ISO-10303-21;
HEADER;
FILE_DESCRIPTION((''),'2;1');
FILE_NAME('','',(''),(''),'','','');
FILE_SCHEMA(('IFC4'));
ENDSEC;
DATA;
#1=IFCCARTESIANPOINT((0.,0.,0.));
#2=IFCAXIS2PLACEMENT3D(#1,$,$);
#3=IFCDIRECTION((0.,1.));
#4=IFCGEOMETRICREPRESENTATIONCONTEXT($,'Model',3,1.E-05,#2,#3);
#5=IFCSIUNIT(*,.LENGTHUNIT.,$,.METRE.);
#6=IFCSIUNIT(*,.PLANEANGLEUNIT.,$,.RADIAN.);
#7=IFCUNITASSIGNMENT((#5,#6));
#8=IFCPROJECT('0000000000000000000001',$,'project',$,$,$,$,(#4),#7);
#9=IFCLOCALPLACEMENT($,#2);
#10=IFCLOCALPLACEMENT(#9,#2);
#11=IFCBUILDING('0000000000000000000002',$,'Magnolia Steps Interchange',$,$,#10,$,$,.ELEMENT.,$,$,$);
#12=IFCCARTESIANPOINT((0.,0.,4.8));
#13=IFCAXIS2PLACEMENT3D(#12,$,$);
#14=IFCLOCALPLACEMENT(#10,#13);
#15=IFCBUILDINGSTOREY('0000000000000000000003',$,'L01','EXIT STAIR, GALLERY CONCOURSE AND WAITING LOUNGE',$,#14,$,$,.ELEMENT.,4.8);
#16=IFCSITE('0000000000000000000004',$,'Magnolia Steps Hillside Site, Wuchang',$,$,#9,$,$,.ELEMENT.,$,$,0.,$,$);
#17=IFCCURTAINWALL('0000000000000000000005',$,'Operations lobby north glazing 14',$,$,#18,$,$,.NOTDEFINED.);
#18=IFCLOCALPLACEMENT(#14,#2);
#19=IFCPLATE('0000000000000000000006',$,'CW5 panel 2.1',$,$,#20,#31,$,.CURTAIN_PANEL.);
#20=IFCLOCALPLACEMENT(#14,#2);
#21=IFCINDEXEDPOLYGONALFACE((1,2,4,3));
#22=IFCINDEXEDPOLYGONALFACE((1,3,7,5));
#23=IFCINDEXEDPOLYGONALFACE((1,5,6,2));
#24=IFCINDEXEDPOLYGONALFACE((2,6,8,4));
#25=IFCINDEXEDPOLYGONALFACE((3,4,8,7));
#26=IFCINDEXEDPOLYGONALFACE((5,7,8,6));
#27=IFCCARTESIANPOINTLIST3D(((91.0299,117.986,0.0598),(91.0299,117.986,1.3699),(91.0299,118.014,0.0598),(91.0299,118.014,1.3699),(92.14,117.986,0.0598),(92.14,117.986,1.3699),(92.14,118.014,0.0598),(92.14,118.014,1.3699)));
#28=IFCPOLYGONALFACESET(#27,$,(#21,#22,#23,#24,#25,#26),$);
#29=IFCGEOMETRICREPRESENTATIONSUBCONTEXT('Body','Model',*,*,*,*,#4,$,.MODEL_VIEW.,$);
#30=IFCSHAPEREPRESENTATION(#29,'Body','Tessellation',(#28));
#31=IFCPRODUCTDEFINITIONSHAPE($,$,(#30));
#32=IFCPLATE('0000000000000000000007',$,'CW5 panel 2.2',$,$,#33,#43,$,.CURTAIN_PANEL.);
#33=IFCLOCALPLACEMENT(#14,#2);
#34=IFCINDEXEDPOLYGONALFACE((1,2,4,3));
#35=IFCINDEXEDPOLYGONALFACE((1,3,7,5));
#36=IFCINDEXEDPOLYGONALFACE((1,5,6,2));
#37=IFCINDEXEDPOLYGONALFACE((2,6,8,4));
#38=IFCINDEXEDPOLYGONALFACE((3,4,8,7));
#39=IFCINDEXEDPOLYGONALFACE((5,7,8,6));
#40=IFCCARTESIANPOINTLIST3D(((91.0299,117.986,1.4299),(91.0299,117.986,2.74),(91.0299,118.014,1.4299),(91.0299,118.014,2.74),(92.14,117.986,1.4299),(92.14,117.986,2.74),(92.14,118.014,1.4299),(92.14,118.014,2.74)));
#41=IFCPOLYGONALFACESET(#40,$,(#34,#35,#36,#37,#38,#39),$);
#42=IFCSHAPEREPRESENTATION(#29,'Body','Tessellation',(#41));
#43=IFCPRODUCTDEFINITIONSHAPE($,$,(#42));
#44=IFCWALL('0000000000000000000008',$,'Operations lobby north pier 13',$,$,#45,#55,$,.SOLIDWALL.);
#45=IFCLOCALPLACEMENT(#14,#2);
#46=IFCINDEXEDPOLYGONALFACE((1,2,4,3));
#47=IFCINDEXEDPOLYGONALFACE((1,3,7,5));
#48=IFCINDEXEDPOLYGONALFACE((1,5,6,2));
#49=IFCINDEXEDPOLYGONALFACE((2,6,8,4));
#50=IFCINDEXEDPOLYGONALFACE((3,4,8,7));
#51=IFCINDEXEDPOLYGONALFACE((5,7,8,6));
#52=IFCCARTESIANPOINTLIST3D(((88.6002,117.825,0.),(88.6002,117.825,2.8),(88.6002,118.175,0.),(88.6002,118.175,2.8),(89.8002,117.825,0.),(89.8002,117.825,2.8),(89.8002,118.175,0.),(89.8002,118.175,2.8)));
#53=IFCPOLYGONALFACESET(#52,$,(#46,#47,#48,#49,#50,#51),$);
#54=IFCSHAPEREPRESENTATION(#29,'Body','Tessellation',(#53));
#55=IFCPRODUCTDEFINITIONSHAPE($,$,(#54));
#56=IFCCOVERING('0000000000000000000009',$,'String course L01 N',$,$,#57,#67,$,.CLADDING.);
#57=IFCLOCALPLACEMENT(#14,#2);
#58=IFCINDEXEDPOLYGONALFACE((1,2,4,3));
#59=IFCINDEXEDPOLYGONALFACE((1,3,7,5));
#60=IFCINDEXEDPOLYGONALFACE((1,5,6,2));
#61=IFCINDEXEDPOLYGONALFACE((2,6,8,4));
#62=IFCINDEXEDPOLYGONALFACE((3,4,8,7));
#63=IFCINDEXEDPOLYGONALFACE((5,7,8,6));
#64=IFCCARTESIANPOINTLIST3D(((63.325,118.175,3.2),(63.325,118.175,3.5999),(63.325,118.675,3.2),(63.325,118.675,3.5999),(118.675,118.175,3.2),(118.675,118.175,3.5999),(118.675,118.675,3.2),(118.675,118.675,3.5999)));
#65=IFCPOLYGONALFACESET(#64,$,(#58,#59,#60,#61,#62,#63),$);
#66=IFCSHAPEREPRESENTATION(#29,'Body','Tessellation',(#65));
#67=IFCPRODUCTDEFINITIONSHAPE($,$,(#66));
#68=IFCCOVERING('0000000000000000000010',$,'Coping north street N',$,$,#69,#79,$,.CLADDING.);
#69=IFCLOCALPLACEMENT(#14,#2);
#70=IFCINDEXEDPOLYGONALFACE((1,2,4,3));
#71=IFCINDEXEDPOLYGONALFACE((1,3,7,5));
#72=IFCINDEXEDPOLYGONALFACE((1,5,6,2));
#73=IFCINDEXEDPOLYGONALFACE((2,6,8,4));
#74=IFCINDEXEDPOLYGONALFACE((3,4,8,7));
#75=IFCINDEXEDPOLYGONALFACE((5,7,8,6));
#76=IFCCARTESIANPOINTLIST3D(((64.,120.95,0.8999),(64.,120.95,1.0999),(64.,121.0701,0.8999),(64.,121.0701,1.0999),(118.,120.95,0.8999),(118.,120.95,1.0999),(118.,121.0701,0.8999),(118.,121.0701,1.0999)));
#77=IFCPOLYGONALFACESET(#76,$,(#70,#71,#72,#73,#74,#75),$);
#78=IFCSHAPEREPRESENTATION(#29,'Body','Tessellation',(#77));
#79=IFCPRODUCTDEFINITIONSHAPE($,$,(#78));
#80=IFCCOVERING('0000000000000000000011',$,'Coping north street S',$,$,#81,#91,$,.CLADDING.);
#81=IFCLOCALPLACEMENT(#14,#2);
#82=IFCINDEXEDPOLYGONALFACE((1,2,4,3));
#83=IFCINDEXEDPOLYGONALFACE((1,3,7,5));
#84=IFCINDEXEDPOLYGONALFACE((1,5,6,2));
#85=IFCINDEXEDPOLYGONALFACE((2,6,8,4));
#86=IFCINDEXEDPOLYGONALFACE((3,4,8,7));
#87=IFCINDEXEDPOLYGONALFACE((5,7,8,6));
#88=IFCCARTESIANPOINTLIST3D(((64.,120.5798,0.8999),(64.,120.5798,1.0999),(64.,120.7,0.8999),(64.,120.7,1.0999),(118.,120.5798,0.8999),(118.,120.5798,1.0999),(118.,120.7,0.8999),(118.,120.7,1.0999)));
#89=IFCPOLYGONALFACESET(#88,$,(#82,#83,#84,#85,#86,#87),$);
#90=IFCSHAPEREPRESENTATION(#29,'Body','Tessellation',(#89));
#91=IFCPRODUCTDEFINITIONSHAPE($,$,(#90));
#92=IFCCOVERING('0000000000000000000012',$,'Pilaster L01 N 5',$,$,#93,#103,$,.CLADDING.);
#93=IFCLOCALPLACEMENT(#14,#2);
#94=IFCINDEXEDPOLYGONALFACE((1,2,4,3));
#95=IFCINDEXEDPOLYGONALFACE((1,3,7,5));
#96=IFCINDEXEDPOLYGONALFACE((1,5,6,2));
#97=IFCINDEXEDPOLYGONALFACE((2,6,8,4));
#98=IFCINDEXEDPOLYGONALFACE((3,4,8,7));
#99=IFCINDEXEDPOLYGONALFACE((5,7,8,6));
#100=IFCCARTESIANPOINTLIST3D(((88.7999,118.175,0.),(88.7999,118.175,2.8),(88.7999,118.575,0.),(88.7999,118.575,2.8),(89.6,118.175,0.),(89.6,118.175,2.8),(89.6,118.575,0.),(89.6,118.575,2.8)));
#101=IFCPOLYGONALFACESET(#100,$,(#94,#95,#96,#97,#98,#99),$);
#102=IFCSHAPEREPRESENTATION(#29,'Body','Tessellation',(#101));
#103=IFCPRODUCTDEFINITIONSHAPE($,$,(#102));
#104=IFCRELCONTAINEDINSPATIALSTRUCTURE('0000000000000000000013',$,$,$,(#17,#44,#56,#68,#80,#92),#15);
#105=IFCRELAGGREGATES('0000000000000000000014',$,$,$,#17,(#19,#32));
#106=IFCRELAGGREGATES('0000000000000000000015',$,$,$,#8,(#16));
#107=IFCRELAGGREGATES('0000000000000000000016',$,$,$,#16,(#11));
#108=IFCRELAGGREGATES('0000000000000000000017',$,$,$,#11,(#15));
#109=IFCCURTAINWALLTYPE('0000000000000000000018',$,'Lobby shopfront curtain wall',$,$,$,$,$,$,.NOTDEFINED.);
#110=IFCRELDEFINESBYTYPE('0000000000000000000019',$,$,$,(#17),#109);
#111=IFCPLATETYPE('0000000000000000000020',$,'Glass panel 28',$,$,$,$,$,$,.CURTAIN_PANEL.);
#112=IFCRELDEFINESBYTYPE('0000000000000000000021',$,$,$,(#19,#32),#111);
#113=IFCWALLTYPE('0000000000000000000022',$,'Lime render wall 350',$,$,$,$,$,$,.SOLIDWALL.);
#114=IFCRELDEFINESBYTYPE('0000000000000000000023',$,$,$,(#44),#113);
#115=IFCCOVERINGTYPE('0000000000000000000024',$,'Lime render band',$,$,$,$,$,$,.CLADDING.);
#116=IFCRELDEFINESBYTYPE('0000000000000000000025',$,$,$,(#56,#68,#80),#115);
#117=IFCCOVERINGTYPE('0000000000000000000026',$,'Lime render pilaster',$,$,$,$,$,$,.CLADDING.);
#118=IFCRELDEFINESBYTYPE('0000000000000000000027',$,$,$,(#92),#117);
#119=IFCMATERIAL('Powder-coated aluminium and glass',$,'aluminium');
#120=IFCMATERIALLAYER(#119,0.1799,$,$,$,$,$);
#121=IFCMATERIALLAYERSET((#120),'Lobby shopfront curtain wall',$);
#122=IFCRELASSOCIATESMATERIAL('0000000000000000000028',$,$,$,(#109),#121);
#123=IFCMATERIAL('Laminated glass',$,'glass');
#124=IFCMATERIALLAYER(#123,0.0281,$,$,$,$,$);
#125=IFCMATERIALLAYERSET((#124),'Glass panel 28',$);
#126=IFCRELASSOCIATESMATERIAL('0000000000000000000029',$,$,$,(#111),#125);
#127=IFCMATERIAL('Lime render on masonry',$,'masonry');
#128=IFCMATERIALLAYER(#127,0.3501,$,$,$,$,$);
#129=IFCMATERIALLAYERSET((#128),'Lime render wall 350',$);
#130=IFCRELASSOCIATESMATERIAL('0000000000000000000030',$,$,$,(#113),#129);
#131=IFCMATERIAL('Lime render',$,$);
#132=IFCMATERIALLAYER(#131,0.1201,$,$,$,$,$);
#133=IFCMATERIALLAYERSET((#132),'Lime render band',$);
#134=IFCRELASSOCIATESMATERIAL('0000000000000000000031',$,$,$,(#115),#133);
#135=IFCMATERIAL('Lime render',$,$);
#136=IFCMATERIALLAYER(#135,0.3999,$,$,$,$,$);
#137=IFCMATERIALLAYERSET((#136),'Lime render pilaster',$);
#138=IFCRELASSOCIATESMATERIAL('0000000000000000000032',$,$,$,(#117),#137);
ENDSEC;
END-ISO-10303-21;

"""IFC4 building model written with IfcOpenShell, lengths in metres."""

from ifc_helpers import new_model, si_unit, direction, frame, frame_2d, origin, origin_2d, place, context, subcontext, project, spatial, rectangle, extrude, material, layer, layer_set, type_object, element, aggregate, save


model = new_model("IFC4")

# Units and contexts
model_context = context("Model", 3, precision=1e-05, world=origin(), true_north=direction((0.0, 1.0)))
body_context = subcontext(model_context, "Body", "Model", "MODEL_VIEW")
ifc_project = project(units=[si_unit("LENGTHUNIT", "METRE"), si_unit("PLANEANGLEUNIT", "RADIAN")], contexts=[model_context])

# Site, building, storey
site_placement = place(None, origin())
site = spatial("IfcSite", under=ifc_project, at=site_placement, Name="Magnolia Steps Hillside Site, Wuchang", CompositionType="ELEMENT", RefElevation=0.0)
building_placement = place(site_placement, origin())
building = spatial("IfcBuilding", under=site, at=building_placement, Name="Magnolia Steps Interchange", CompositionType="ELEMENT")
storey_placement = place(building_placement, frame((0.0, 0.0, 4.8)))
storey = spatial("IfcBuildingStorey", under=building, at=storey_placement, Name="L01", Description="EXIT STAIR, GALLERY CONCOURSE AND WAITING LOUNGE", CompositionType="ELEMENT", Elevation=4.8)

# Shared definitions
ifc_material_1 = material(Name="Powder-coated aluminium and glass", Category="aluminium")
ifc_layer_1 = layer(ifc_material_1, 0.1799)
ifc_layer_set_1 = layer_set([ifc_layer_1], Name="Lobby shopfront curtain wall")
curtain_wall_type = type_object("IfcCurtainWallType", Name="Lobby shopfront curtain wall", PredefinedType="NOTDEFINED", material=ifc_layer_set_1)

# Curtain wall
curtain_wall_1_placement = place(storey_placement, origin())
curtain_wall_1 = element("IfcCurtainWall", 1, at=curtain_wall_1_placement, inside=storey, type_object=curtain_wall_type, Name="Operations lobby north glazing 14", PredefinedType="NOTDEFINED")

# Plates
ifc_material_2 = material(Name="Laminated glass", Category="glass")
ifc_layer_2 = layer(ifc_material_2, 0.0281)
ifc_layer_set_2 = layer_set([ifc_layer_2], Name="Glass panel 28")
plate_type = type_object("IfcPlateType", Name="Glass panel 28", PredefinedType="CURTAIN_PANEL", material=ifc_layer_set_2)
plate_1_placement = place(storey_placement, frame((91.585, 118.0, 0.0598), z_axis=(0.0, 0.0, 1.0), x_axis=(1.0, 0.0, 0.0)))
plate_1 = element("IfcPlate", 2, at=plate_1_placement, type_object=plate_type, Name="CW5 panel 2.1", PredefinedType="CURTAIN_PANEL", context=body_context, shape_type="SweptSolid", body=[
    extrude(rectangle(XDim=1.1101, YDim=0.0281, at=origin_2d()), origin(), (0.0, 0.0, 1.0), 1.3101),
])
plate_2_placement = place(storey_placement, frame((91.585, 118.0, 1.4299), z_axis=(0.0, 0.0, 1.0), x_axis=(1.0, 0.0, 0.0)))
plate_2 = element("IfcPlate", 3, at=plate_2_placement, type_object=plate_type, Name="CW5 panel 2.2", PredefinedType="CURTAIN_PANEL", context=body_context, shape_type="SweptSolid", body=[
    extrude(rectangle(XDim=1.1101, YDim=0.0281, at=origin_2d()), origin(), (0.0, 0.0, 1.0), 1.3101),
])
aggregate(curtain_wall_1, [plate_1, plate_2])

# Wall
ifc_material_3 = material(Name="Lime render on masonry", Category="masonry")
ifc_layer_3 = layer(ifc_material_3, 0.3501)
ifc_layer_set_3 = layer_set([ifc_layer_3], Name="Lime render wall 350")
wall_type = type_object("IfcWallType", Name="Lime render wall 350", PredefinedType="SOLIDWALL", material=ifc_layer_set_3)
wall_placement = place(storey_placement, frame((88.6001, 118.0, 0.0), z_axis=(0.0, 0.0, 1.0), x_axis=(1.0, 0.0, 0.0)))
element("IfcWall", 4, at=wall_placement, inside=storey, type_object=wall_type, Name="Operations lobby north pier 13", PredefinedType="SOLIDWALL", context=body_context, shape_type="SweptSolid", body=[
    extrude(rectangle(XDim=1.2, YDim=0.3501, at=frame_2d((0.6001, 0.0))), origin(), (0.0, 0.0, 1.0), 2.8),
])

# Coverings
ifc_material_4 = material(Name="Lime render")
ifc_layer_4 = layer(ifc_material_4, 0.1201)
ifc_layer_set_4 = layer_set([ifc_layer_4], Name="Lime render band")
covering_type_1 = type_object("IfcCoveringType", Name="Lime render band", PredefinedType="CLADDING", material=ifc_layer_set_4)
covering_1_placement = place(storey_placement, frame((91.0, 118.425, 3.2), z_axis=(0.0, 0.0, 1.0), x_axis=(1.0, 0.0, 0.0)))
element("IfcCovering", 5, at=covering_1_placement, inside=storey, type_object=covering_type_1, Name="String course L01 N", PredefinedType="CLADDING", context=body_context, shape_type="SweptSolid", body=[
    extrude(rectangle(XDim=55.3501, YDim=0.5, at=origin_2d()), origin(), (0.0, 0.0, 1.0), 0.3999),
])
for number, where, z_axis, x_axis, name in (
    (6, (91.0, 121.01, 0.8999), (0.0, 0.0, 1.0), (1.0, 0.0, 0.0), "Coping north street N"),
    (7, (91.0, 120.6399, 0.8999), (0.0, 0.0, 1.0), (1.0, 0.0, 0.0), "Coping north street S"),
):
    element("IfcCovering", number, at=place(storey_placement, frame(where, z_axis=z_axis, x_axis=x_axis)), inside=storey, type_object=covering_type_1, Name=name, PredefinedType="CLADDING", context=body_context, shape_type="SweptSolid", body=[
        extrude(rectangle(XDim=54.0, YDim=0.1201, at=origin_2d()), origin(), (0.0, 0.0, 1.0), 0.2),
    ])
ifc_material_5 = material(Name="Lime render")
ifc_layer_5 = layer(ifc_material_5, 0.3999)
ifc_layer_set_5 = layer_set([ifc_layer_5], Name="Lime render pilaster")
covering_type_2 = type_object("IfcCoveringType", Name="Lime render pilaster", PredefinedType="CLADDING", material=ifc_layer_set_5)
covering_2_placement = place(storey_placement, frame((89.2, 118.375, 0.0), z_axis=(0.0, 0.0, 1.0), x_axis=(1.0, 0.0, 0.0)))
element("IfcCovering", 8, at=covering_2_placement, inside=storey, type_object=covering_type_2, Name="Pilaster L01 N 5", PredefinedType="CLADDING", context=body_context, shape_type="SweptSolid", body=[
    extrude(rectangle(XDim=0.8, YDim=0.3999, at=origin_2d()), origin(), (0.0, 0.0, 1.0), 2.8),
])

save(model, "model.ifc")
